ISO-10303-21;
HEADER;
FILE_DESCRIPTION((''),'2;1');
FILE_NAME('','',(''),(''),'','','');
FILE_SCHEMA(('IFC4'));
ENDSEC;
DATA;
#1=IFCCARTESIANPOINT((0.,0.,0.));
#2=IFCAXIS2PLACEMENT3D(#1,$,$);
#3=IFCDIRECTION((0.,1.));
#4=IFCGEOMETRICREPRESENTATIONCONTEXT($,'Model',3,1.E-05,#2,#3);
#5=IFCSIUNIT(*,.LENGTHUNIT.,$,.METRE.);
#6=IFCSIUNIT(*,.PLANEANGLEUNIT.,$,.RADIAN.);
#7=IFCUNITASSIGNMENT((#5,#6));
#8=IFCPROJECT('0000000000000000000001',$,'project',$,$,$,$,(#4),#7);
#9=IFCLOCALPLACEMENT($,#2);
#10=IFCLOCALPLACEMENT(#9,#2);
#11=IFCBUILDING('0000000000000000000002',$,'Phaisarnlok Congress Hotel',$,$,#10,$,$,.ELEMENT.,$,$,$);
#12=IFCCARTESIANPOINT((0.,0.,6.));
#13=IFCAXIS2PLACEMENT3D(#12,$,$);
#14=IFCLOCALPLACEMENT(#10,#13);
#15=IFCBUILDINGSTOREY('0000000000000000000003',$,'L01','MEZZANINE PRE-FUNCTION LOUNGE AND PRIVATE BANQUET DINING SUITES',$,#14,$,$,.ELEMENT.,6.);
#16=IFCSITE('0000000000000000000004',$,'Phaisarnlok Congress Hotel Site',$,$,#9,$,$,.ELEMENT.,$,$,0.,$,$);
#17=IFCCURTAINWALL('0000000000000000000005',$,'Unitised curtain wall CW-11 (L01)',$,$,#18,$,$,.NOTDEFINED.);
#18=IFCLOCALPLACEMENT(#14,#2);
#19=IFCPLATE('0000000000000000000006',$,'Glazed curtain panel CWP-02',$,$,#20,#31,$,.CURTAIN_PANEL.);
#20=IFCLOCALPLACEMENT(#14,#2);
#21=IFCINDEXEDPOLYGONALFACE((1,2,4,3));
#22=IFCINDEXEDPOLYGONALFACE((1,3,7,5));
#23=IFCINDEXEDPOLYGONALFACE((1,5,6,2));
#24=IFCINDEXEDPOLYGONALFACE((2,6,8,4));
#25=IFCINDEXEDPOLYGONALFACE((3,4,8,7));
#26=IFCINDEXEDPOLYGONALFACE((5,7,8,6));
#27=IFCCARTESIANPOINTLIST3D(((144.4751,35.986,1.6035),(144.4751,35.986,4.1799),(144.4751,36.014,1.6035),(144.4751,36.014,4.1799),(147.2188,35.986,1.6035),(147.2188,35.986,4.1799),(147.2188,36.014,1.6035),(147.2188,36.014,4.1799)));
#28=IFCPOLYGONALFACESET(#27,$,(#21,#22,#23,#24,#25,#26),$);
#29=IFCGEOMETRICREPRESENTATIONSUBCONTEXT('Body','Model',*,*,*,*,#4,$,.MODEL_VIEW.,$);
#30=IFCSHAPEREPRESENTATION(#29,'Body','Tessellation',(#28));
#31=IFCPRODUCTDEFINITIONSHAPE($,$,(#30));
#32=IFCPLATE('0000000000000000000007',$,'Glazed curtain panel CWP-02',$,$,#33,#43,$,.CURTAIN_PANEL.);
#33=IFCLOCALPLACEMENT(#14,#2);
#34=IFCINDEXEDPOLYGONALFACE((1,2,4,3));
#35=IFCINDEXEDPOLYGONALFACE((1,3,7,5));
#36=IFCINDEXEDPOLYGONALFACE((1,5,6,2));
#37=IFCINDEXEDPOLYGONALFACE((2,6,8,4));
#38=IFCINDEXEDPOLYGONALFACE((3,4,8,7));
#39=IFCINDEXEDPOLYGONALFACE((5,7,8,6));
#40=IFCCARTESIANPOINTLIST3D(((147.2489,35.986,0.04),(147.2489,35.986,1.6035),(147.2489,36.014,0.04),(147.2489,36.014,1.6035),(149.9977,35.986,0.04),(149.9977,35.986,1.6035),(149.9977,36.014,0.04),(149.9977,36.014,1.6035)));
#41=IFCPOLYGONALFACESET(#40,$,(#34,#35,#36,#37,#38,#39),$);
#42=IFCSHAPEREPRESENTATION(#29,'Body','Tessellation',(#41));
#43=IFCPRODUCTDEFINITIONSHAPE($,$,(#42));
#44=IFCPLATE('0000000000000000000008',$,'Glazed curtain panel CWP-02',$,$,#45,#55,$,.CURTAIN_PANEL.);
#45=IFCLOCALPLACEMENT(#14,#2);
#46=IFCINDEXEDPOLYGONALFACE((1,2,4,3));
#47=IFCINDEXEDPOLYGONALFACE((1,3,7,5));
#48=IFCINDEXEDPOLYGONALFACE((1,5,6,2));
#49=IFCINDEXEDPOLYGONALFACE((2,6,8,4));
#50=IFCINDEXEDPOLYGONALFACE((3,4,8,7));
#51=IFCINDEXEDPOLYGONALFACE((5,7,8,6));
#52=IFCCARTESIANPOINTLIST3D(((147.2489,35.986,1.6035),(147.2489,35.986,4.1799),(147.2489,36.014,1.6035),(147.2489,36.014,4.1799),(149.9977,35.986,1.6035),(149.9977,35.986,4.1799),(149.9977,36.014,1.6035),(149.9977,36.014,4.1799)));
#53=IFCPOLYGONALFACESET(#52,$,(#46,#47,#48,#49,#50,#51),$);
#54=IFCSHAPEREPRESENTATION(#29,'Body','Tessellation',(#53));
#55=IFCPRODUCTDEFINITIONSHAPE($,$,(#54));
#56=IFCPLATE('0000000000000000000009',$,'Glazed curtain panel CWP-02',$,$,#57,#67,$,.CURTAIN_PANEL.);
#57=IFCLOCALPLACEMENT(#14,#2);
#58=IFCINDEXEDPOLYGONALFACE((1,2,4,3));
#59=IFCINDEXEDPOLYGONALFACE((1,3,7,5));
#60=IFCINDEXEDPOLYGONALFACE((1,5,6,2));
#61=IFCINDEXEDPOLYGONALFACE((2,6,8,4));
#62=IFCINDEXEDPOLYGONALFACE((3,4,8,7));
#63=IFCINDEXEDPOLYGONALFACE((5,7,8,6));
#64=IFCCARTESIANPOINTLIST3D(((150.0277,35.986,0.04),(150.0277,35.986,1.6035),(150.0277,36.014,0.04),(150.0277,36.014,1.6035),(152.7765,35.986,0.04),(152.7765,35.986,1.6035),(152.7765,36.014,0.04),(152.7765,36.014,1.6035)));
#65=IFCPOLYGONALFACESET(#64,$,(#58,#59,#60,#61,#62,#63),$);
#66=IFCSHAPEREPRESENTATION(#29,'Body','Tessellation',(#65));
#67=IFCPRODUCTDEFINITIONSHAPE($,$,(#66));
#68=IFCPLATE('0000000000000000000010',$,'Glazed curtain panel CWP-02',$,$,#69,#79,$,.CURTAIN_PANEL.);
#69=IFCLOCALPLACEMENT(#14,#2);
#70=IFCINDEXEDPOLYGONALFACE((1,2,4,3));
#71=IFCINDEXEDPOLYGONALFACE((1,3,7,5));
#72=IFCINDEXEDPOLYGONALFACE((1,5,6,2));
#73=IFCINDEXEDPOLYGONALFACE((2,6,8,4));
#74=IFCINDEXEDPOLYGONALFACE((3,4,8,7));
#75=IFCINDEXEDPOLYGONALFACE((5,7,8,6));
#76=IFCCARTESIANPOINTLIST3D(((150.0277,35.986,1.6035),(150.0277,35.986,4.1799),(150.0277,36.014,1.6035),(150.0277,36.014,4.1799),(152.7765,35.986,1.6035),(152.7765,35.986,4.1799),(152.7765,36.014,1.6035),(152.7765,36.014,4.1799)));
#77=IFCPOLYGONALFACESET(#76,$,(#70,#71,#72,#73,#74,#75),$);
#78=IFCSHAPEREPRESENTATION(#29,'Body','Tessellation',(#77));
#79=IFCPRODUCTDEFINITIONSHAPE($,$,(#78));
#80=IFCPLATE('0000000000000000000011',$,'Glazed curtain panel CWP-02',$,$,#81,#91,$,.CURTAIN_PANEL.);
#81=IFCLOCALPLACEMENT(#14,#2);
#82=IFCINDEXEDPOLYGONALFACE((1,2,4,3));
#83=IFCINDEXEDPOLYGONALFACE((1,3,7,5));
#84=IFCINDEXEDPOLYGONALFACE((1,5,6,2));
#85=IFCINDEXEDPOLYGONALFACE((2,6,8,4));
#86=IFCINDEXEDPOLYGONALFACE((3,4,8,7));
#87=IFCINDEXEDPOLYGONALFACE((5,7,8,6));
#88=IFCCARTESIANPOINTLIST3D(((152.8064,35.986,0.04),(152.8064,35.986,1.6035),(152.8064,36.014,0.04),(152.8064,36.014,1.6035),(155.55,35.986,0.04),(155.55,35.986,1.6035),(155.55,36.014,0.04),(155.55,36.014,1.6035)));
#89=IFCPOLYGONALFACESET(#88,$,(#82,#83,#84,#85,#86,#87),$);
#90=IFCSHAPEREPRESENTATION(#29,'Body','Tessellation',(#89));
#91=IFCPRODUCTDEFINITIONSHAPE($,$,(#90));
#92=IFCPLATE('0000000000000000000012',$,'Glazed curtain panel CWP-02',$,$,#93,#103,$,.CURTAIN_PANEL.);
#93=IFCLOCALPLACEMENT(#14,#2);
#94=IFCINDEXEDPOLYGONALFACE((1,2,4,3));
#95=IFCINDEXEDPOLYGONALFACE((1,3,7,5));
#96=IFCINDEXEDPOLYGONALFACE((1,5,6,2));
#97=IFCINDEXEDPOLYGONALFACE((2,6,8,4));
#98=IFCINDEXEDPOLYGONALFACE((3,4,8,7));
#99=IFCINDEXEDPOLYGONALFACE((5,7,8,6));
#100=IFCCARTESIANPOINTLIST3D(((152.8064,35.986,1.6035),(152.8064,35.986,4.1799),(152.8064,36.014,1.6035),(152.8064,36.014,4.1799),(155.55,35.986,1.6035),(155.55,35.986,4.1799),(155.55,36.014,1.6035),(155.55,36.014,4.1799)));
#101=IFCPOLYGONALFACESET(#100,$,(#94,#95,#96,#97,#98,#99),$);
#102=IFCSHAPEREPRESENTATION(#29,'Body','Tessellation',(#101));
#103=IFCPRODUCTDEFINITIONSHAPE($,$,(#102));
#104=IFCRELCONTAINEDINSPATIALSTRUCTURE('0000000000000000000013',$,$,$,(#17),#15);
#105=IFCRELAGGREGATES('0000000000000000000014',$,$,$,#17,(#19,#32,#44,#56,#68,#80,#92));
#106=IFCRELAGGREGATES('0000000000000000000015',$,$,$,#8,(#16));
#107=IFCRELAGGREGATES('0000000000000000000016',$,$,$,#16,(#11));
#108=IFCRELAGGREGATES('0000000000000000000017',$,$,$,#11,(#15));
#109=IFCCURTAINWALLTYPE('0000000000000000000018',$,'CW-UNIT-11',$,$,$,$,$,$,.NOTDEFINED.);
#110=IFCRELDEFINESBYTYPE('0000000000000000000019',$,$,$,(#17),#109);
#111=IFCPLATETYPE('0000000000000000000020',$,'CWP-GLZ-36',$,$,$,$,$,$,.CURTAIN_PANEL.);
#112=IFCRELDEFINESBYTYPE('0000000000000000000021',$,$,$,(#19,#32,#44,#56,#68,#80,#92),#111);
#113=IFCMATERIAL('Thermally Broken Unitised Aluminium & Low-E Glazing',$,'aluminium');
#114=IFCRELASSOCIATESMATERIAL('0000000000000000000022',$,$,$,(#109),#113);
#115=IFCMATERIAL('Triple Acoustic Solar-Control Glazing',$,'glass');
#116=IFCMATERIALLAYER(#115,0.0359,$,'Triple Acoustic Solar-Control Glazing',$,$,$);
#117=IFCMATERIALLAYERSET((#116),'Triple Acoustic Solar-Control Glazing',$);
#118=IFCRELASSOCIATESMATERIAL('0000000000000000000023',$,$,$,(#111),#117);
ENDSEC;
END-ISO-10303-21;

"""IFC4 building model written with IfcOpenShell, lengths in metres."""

from ifc_helpers import new_model, si_unit, direction, frame, frame_2d, origin, place, context, subcontext, project, spatial, rectangle, extrude, material, layer, layer_set, type_object, element, aggregate, save


model = new_model("IFC4")

# Units and contexts
model_context = context("Model", 3, precision=1e-05, world=origin(), true_north=direction((0.0, 1.0)))
body_context = subcontext(model_context, "Body", "Model", "MODEL_VIEW")
ifc_project = project(units=[si_unit("LENGTHUNIT", "METRE"), si_unit("PLANEANGLEUNIT", "RADIAN")], contexts=[model_context])

# Site, building, storey
site_placement = place(None, origin())
site = spatial("IfcSite", under=ifc_project, at=site_placement, Name="Phaisarnlok Congress Hotel Site", CompositionType="ELEMENT", RefElevation=0.0)
building_placement = place(site_placement, origin())
building = spatial("IfcBuilding", under=site, at=building_placement, Name="Phaisarnlok Congress Hotel", CompositionType="ELEMENT")
storey_placement = place(building_placement, frame((0.0, 0.0, 6.0)))
storey = spatial("IfcBuildingStorey", under=building, at=storey_placement, Name="L01", Description="MEZZANINE PRE-FUNCTION LOUNGE AND PRIVATE BANQUET DINING SUITES", CompositionType="ELEMENT", Elevation=6.0)

# Curtain wall, plates
ifc_material_1 = material(Name="Thermally Broken Unitised Aluminium & Low-E Glazing", Category="aluminium")
curtain_wall_type = type_object("IfcCurtainWallType", Name="CW-UNIT-11", PredefinedType="NOTDEFINED", material=ifc_material_1)
curtain_wall_placement = place(storey_placement, origin())
curtain_wall = element("IfcCurtainWall", 1, at=curtain_wall_placement, inside=storey, type_object=curtain_wall_type, Name="Unitised curtain wall CW-11 (L01)", PredefinedType="NOTDEFINED")
ifc_material_2 = material(Name="Triple Acoustic Solar-Control Glazing", Category="glass")
ifc_layer = layer(ifc_material_2, 0.0359, Name="Triple Acoustic Solar-Control Glazing")
ifc_layer_set = layer_set([ifc_layer], Name="Triple Acoustic Solar-Control Glazing")
plate_type = type_object("IfcPlateType", Name="CWP-GLZ-36", PredefinedType="CURTAIN_PANEL", material=ifc_layer_set)
plate_1_placement = place(storey_placement, frame((144.4751, 36.0, 1.6035), z_axis=(0.0, 0.0, 1.0), x_axis=(1.0, 0.0, 0.0)))
plate_1 = element("IfcPlate", 2, at=plate_1_placement, type_object=plate_type, Name="Glazed curtain panel CWP-02", PredefinedType="CURTAIN_PANEL", context=body_context, shape_type="SweptSolid", body=[
    extrude(rectangle(XDim=2.7437, YDim=0.0281, at=frame_2d((1.3718, 0.0))), origin(), (0.0, 0.0, 1.0), 2.5764),
])
plate_2_placement = place(storey_placement, frame((147.2488, 36.0, 0.04), z_axis=(0.0, 0.0, 1.0), x_axis=(1.0, 0.0, 0.0)))
plate_2 = element("IfcPlate", 3, at=plate_2_placement, type_object=plate_type, Name="Glazed curtain panel CWP-02", PredefinedType="CURTAIN_PANEL", context=body_context, shape_type="SweptSolid", body=[
    extrude(rectangle(XDim=2.7488, YDim=0.0281, at=frame_2d((1.3745, 0.0))), origin(), (0.0, 0.0, 1.0), 1.5635),
])
plate_3_placement = place(storey_placement, frame((147.2488, 36.0, 1.6035), z_axis=(0.0, 0.0, 1.0), x_axis=(1.0, 0.0, 0.0)))
plate_3 = element("IfcPlate", 4, at=plate_3_placement, type_object=plate_type, Name="Glazed curtain panel CWP-02", PredefinedType="CURTAIN_PANEL", context=body_context, shape_type="SweptSolid", body=[
    extrude(rectangle(XDim=2.7488, YDim=0.0281, at=frame_2d((1.3745, 0.0))), origin(), (0.0, 0.0, 1.0), 2.5764),
])
plate_4_placement = place(storey_placement, frame((150.0276, 36.0, 0.04), z_axis=(0.0, 0.0, 1.0), x_axis=(1.0, 0.0, 0.0)))
plate_4 = element("IfcPlate", 5, at=plate_4_placement, type_object=plate_type, Name="Glazed curtain panel CWP-02", PredefinedType="CURTAIN_PANEL", context=body_context, shape_type="SweptSolid", body=[
    extrude(rectangle(XDim=2.7488, YDim=0.0281, at=frame_2d((1.3745, 0.0))), origin(), (0.0, 0.0, 1.0), 1.5635),
])
plate_5_placement = place(storey_placement, frame((150.0276, 36.0, 1.6035), z_axis=(0.0, 0.0, 1.0), x_axis=(1.0, 0.0, 0.0)))
plate_5 = element("IfcPlate", 6, at=plate_5_placement, type_object=plate_type, Name="Glazed curtain panel CWP-02", PredefinedType="CURTAIN_PANEL", context=body_context, shape_type="SweptSolid", body=[
    extrude(rectangle(XDim=2.7488, YDim=0.0281, at=frame_2d((1.3745, 0.0))), origin(), (0.0, 0.0, 1.0), 2.5764),
])
plate_6_placement = place(storey_placement, frame((152.8064, 36.0, 0.04), z_axis=(0.0, 0.0, 1.0), x_axis=(1.0, 0.0, 0.0)))
plate_6 = element("IfcPlate", 7, at=plate_6_placement, type_object=plate_type, Name="Glazed curtain panel CWP-02", PredefinedType="CURTAIN_PANEL", context=body_context, shape_type="SweptSolid", body=[
    extrude(rectangle(XDim=2.7437, YDim=0.0281, at=frame_2d((1.3718, 0.0))), origin(), (0.0, 0.0, 1.0), 1.5635),
])
plate_7_placement = place(storey_placement, frame((152.8064, 36.0, 1.6035), z_axis=(0.0, 0.0, 1.0), x_axis=(1.0, 0.0, 0.0)))
plate_7 = element("IfcPlate", 8, at=plate_7_placement, type_object=plate_type, Name="Glazed curtain panel CWP-02", PredefinedType="CURTAIN_PANEL", context=body_context, shape_type="SweptSolid", body=[
    extrude(rectangle(XDim=2.7437, YDim=0.0281, at=frame_2d((1.3718, 0.0))), origin(), (0.0, 0.0, 1.0), 2.5764),
])
aggregate(curtain_wall, [plate_1, plate_2, plate_3, plate_4, plate_5, plate_6, plate_7])

save(model, "model.ifc")
